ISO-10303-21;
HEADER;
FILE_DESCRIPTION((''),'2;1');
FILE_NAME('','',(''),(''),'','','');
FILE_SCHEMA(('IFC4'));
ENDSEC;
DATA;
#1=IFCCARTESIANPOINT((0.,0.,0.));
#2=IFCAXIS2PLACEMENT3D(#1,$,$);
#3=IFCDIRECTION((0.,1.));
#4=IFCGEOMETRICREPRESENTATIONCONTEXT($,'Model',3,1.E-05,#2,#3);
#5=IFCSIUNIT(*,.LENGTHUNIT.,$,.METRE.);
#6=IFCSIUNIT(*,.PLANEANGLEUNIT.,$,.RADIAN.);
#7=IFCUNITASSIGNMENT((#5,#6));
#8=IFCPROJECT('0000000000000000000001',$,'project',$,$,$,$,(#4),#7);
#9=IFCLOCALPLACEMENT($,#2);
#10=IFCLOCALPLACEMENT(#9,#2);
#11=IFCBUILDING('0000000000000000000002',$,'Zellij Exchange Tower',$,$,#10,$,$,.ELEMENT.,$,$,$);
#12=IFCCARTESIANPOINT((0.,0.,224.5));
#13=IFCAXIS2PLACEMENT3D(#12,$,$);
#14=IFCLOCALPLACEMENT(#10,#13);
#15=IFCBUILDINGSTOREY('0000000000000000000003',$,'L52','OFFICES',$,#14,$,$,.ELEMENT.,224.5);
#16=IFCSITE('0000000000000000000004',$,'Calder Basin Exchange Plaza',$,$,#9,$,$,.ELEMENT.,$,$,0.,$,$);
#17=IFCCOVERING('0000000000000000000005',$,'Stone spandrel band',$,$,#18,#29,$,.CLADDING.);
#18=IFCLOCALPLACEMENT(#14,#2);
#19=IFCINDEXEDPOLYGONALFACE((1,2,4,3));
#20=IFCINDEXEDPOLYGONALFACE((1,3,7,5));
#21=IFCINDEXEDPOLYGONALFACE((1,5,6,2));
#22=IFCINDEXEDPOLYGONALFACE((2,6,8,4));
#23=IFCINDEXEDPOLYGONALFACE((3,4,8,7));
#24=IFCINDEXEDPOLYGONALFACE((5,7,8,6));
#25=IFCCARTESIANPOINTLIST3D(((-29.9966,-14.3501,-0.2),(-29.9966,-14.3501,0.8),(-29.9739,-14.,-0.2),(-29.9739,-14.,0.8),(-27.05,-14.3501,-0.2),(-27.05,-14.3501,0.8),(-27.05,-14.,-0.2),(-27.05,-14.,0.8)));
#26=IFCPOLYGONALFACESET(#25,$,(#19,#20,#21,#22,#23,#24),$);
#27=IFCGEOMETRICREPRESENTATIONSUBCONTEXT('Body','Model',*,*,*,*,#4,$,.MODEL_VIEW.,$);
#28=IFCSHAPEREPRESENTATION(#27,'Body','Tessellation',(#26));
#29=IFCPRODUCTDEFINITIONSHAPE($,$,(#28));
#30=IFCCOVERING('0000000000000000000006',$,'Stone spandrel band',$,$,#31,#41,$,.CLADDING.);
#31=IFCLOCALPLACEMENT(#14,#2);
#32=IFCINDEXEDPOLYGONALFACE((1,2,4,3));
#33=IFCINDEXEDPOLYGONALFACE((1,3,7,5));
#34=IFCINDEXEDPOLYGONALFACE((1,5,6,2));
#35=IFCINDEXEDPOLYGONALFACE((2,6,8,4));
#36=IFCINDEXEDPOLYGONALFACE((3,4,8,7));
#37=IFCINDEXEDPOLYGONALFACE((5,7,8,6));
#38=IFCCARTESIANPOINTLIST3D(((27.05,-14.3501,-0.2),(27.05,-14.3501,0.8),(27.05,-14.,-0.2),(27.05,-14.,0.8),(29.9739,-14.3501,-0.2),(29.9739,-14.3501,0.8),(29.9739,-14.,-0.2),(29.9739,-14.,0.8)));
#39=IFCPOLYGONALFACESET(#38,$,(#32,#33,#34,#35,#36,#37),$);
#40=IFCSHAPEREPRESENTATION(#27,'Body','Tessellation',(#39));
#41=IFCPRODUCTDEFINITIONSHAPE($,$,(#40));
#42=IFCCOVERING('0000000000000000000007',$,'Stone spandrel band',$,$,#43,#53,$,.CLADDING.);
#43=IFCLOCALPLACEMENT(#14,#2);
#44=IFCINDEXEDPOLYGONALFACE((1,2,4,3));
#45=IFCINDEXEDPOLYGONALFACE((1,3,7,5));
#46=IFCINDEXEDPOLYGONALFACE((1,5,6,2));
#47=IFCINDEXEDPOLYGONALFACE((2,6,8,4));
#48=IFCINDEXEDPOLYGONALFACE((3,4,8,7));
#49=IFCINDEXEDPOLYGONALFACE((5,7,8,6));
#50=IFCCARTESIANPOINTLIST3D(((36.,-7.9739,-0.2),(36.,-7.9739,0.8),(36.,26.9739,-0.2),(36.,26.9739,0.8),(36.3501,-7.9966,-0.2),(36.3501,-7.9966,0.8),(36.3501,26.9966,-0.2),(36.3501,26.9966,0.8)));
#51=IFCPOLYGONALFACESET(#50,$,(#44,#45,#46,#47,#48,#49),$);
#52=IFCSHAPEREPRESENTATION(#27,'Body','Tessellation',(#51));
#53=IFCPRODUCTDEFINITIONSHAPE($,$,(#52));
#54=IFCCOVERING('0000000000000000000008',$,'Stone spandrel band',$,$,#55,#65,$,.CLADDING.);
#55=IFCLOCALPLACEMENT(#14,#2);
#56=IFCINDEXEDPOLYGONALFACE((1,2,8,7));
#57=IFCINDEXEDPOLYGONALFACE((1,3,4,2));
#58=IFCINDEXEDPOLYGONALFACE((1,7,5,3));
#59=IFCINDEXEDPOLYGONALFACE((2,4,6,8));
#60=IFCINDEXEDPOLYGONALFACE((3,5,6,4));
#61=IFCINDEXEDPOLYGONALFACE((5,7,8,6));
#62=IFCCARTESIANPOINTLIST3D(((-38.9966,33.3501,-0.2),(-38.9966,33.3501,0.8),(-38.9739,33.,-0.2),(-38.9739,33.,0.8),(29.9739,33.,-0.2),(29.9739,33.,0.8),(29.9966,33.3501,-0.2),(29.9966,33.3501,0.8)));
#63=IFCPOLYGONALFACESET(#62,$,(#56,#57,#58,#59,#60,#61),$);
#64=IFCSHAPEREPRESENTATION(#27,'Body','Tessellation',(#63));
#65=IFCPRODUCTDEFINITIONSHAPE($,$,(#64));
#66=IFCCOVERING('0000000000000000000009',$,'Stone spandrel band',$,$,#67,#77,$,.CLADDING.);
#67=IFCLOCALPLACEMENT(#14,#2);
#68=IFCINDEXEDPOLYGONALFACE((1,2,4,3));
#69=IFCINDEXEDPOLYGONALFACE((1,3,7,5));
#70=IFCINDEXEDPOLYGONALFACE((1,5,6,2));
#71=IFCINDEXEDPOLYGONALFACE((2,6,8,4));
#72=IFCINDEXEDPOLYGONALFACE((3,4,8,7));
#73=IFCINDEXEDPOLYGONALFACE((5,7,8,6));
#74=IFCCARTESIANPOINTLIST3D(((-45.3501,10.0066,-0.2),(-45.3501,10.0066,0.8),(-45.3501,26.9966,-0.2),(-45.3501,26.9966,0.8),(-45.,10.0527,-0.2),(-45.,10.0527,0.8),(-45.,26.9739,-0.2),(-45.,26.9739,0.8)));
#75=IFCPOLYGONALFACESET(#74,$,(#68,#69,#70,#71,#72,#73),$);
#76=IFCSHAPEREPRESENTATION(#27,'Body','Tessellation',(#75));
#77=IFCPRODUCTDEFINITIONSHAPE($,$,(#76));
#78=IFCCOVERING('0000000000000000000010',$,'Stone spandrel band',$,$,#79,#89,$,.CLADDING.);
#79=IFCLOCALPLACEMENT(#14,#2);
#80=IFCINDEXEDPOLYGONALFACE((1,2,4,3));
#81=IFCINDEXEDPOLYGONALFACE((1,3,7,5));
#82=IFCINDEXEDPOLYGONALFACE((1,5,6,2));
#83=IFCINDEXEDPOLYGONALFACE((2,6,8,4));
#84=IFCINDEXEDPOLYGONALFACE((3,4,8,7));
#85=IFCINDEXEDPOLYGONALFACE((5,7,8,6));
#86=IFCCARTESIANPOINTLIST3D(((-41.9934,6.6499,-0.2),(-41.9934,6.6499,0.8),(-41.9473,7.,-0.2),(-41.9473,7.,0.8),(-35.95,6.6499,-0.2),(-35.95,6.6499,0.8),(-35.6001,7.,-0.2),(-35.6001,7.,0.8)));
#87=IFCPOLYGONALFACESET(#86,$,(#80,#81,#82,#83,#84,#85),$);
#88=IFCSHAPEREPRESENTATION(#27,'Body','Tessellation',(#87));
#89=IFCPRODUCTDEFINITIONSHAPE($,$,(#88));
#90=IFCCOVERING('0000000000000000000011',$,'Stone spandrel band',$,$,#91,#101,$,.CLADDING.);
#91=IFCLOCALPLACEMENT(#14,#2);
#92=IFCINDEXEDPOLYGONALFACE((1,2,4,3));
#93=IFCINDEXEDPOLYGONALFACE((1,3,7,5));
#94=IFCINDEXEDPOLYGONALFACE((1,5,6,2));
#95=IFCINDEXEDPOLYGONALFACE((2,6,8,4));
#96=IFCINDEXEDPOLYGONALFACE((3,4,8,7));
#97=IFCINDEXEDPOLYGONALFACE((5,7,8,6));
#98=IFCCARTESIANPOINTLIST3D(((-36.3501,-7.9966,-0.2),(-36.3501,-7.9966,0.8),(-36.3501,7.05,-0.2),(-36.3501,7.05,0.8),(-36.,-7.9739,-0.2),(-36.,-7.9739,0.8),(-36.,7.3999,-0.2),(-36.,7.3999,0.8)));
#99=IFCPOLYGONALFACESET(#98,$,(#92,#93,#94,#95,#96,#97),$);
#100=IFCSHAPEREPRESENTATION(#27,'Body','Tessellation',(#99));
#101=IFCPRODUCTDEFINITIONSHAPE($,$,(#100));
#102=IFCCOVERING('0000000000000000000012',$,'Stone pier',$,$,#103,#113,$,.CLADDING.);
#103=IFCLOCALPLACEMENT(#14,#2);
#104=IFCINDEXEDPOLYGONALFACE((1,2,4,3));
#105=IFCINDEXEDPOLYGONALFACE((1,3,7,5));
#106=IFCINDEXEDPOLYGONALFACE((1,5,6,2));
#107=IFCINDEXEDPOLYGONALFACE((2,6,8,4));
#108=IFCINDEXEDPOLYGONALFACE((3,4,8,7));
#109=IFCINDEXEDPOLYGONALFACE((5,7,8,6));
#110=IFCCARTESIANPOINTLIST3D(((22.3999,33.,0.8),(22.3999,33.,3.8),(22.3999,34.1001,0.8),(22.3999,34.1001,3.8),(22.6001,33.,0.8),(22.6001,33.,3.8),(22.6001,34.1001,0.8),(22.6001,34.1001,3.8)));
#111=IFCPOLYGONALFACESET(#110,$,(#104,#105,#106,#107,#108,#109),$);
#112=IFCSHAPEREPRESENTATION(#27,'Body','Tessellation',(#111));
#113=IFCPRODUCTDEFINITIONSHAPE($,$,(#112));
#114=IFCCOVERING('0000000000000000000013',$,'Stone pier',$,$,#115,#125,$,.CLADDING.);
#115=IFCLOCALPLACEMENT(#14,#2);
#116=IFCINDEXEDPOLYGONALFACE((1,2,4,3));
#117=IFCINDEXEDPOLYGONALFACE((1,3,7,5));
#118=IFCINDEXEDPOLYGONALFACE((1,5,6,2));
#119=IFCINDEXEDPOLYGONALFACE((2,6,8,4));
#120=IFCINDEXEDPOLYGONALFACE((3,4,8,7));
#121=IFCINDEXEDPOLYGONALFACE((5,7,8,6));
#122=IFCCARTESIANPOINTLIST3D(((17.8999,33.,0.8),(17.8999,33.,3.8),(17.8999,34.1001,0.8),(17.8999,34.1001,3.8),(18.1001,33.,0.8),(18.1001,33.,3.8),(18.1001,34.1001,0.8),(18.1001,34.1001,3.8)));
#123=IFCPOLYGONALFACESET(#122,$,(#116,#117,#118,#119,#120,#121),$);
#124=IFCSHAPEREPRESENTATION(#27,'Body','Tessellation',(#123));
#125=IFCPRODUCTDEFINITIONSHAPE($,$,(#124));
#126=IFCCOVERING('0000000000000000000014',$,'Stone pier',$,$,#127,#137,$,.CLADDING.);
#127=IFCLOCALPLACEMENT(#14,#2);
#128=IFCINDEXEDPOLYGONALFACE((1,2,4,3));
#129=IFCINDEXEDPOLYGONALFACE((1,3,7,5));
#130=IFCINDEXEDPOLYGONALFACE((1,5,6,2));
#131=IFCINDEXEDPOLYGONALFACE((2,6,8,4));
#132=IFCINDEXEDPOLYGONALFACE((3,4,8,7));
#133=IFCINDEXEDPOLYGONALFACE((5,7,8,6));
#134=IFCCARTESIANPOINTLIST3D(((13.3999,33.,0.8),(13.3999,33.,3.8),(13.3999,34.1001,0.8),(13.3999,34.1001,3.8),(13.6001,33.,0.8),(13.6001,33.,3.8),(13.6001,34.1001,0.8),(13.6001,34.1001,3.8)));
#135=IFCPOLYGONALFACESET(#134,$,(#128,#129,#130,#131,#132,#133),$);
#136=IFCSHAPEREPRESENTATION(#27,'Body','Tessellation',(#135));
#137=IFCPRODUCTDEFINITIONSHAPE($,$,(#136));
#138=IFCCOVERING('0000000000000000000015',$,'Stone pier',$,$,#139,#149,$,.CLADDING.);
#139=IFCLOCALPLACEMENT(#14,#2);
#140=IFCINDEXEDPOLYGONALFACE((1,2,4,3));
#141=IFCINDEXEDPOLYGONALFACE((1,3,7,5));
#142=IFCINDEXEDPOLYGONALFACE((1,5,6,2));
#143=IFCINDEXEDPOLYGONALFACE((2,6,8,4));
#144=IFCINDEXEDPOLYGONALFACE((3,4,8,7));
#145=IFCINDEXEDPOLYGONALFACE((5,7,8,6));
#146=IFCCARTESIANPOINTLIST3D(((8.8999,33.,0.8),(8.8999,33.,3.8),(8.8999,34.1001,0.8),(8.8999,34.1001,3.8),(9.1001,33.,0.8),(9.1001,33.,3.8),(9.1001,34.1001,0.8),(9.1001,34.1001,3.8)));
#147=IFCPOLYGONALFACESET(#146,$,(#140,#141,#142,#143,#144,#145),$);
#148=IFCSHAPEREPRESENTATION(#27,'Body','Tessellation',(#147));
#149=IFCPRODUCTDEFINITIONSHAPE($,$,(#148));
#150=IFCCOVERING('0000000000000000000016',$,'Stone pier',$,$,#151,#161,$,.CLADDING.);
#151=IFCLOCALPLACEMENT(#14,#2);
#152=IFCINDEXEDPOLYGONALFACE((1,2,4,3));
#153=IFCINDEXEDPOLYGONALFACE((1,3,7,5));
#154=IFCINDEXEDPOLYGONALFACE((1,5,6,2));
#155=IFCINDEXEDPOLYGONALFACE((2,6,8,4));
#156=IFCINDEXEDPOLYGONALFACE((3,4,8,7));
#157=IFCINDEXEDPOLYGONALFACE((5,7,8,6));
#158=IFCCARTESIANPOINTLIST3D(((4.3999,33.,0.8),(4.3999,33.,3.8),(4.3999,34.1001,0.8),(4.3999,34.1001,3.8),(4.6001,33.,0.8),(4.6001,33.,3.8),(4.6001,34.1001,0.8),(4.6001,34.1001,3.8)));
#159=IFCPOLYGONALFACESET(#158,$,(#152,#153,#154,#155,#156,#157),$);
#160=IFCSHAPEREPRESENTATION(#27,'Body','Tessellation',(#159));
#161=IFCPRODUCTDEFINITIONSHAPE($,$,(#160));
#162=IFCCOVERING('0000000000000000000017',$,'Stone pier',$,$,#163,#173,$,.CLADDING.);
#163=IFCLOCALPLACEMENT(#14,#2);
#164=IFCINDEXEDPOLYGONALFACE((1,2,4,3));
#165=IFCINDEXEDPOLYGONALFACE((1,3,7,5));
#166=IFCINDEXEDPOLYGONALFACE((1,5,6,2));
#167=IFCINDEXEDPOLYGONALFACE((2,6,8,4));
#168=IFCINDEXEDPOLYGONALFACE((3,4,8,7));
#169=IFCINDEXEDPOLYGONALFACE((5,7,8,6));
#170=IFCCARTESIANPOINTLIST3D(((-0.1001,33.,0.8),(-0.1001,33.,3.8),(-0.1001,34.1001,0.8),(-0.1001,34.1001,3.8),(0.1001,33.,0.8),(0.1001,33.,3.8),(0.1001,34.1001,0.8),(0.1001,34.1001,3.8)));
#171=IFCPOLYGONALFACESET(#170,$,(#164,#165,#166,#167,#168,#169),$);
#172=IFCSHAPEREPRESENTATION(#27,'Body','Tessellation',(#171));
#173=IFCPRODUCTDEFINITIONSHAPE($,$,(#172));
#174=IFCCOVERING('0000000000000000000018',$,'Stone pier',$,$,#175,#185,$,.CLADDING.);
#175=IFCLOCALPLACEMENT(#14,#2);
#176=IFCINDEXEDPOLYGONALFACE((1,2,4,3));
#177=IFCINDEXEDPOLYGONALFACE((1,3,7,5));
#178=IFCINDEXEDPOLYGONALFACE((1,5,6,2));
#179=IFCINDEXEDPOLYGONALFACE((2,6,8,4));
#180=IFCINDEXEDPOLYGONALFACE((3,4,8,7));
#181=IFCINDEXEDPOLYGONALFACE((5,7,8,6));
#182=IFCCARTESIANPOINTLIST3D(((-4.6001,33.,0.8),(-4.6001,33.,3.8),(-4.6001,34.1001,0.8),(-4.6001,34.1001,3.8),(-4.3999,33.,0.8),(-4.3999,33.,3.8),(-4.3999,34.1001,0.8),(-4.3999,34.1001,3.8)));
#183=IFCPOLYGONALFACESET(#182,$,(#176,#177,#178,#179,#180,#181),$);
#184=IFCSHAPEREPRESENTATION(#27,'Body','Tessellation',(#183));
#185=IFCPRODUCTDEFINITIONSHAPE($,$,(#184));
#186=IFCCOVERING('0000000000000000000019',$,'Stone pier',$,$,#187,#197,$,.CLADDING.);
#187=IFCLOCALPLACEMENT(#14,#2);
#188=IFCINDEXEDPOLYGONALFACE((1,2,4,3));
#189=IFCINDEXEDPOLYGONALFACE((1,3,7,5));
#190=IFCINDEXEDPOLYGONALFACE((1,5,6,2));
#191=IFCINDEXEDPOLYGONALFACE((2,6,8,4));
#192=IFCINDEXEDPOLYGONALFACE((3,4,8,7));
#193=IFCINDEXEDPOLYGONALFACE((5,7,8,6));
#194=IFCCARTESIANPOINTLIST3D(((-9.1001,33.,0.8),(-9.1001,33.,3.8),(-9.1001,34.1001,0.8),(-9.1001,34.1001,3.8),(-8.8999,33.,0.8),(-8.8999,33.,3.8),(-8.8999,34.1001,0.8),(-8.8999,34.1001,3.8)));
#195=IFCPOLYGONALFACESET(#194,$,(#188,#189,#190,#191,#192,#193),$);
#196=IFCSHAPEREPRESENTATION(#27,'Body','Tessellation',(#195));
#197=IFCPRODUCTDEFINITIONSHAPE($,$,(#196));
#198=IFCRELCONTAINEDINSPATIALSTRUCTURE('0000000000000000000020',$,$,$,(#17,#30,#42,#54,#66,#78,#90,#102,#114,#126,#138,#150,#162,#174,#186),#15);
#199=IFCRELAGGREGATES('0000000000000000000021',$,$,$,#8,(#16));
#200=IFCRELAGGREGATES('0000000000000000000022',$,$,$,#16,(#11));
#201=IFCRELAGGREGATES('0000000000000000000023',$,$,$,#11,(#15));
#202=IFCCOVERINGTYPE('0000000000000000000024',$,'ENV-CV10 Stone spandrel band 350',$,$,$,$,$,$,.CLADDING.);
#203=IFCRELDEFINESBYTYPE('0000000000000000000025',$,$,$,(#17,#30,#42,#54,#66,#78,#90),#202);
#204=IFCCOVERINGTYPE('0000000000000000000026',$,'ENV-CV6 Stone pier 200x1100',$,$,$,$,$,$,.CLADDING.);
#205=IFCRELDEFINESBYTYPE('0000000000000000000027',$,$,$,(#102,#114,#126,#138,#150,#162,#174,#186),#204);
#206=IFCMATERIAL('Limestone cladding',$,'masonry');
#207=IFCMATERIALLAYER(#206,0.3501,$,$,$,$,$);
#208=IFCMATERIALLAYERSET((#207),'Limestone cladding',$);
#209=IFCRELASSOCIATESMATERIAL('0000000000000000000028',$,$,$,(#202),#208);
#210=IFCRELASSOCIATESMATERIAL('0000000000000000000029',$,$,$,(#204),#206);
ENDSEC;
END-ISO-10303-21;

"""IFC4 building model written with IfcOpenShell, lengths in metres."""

from ifc_helpers import new_model, si_unit, direction, frame, origin, place, context, subcontext, project, spatial, polyline, outline, extrude, material, layer, layer_set, type_object, element, save


model = new_model("IFC4")

# Units and contexts
model_context = context("Model", 3, precision=1e-05, world=origin(), true_north=direction((0.0, 1.0)))
body_context = subcontext(model_context, "Body", "Model", "MODEL_VIEW")
ifc_project = project(units=[si_unit("LENGTHUNIT", "METRE"), si_unit("PLANEANGLEUNIT", "RADIAN")], contexts=[model_context])

# Site, building, storey
site_placement = place(None, origin())
site = spatial("IfcSite", under=ifc_project, at=site_placement, Name="Calder Basin Exchange Plaza", CompositionType="ELEMENT", RefElevation=0.0)
building_placement = place(site_placement, origin())
building = spatial("IfcBuilding", under=site, at=building_placement, Name="Zellij Exchange Tower", CompositionType="ELEMENT")
storey_placement = place(building_placement, frame((0.0, 0.0, 224.5)))
storey = spatial("IfcBuildingStorey", under=building, at=storey_placement, Name="L52", Description="OFFICES", CompositionType="ELEMENT", Elevation=224.5)

# Coverings
ifc_material = material(Name="Limestone cladding", Category="masonry")
ifc_layer = layer(ifc_material, 0.3501)
ifc_layer_set = layer_set([ifc_layer], Name="Limestone cladding")
covering_type_1 = type_object("IfcCoveringType", Name="ENV-CV10 Stone spandrel band 350", PredefinedType="CLADDING", material=ifc_layer_set)
covering_1_placement = place(storey_placement, frame((0.0, 0.0, -0.2)))
element("IfcCovering", 1, at=covering_1_placement, inside=storey, type_object=covering_type_1, Name="Stone spandrel band", PredefinedType="CLADDING", context=body_context, shape_type="SweptSolid", body=[
    extrude(outline(polyline([(-29.9739, -14.0), (-27.05, -14.0), (-27.05, -14.3501), (-29.9966, -14.3501), (-29.9739, -14.0)])), origin(), (0.0, 0.0, 1.0), 1.0),
])
covering_2_placement = place(storey_placement, frame((0.0, 0.0, -0.2)))
element("IfcCovering", 2, at=covering_2_placement, inside=storey, type_object=covering_type_1, Name="Stone spandrel band", PredefinedType="CLADDING", context=body_context, shape_type="SweptSolid", body=[
    extrude(outline(polyline([(27.05, -14.0), (29.9739, -14.0), (29.9739, -14.3501), (27.05, -14.3501), (27.05, -14.0)])), origin(), (0.0, 0.0, 1.0), 1.0),
])
covering_3_placement = place(storey_placement, frame((0.0, 0.0, -0.2)))
element("IfcCovering", 3, at=covering_3_placement, inside=storey, type_object=covering_type_1, Name="Stone spandrel band", PredefinedType="CLADDING", context=body_context, shape_type="SweptSolid", body=[
    extrude(outline(polyline([(36.0, -7.9739), (36.0, 26.9739), (36.3501, 26.9966), (36.3501, -7.9966), (36.0, -7.9739)])), origin(), (0.0, 0.0, 1.0), 1.0),
])
covering_4_placement = place(storey_placement, frame((0.0, 0.0, -0.2)))
element("IfcCovering", 4, at=covering_4_placement, inside=storey, type_object=covering_type_1, Name="Stone spandrel band", PredefinedType="CLADDING", context=body_context, shape_type="SweptSolid", body=[
    extrude(outline(polyline([(29.9739, 33.0), (-38.9739, 33.0), (-38.9966, 33.3501), (29.9966, 33.3501), (29.9739, 33.0)])), origin(), (0.0, 0.0, 1.0), 1.0),
])
covering_5_placement = place(storey_placement, frame((0.0, 0.0, -0.2)))
element("IfcCovering", 5, at=covering_5_placement, inside=storey, type_object=covering_type_1, Name="Stone spandrel band", PredefinedType="CLADDING", context=body_context, shape_type="SweptSolid", body=[
    extrude(outline(polyline([(-45.0, 26.9739), (-45.0, 10.0527), (-45.3501, 10.0066), (-45.3501, 26.9966), (-45.0, 26.9739)])), origin(), (0.0, 0.0, 1.0), 1.0),
])
covering_6_placement = place(storey_placement, frame((0.0, 0.0, -0.2)))
element("IfcCovering", 6, at=covering_6_placement, inside=storey, type_object=covering_type_1, Name="Stone spandrel band", PredefinedType="CLADDING", context=body_context, shape_type="SweptSolid", body=[
    extrude(outline(polyline([(-41.9473, 7.0), (-35.6001, 7.0), (-35.95, 6.6499), (-41.9934, 6.6499), (-41.9473, 7.0)])), origin(), (0.0, 0.0, 1.0), 1.0),
])
covering_7_placement = place(storey_placement, frame((0.0, 0.0, -0.2)))
element("IfcCovering", 7, at=covering_7_placement, inside=storey, type_object=covering_type_1, Name="Stone spandrel band", PredefinedType="CLADDING", context=body_context, shape_type="SweptSolid", body=[
    extrude(outline(polyline([(-36.0, 7.3999), (-36.0, -7.9739), (-36.3501, -7.9966), (-36.3501, 7.05), (-36.0, 7.3999)])), origin(), (0.0, 0.0, 1.0), 1.0),
])
covering_type_2 = type_object("IfcCoveringType", Name="ENV-CV6 Stone pier 200x1100", PredefinedType="CLADDING", material=ifc_material)
covering_8_placement = place(storey_placement, frame((0.0, 0.0, 0.8)))
element("IfcCovering", 8, at=covering_8_placement, inside=storey, type_object=covering_type_2, Name="Stone pier", PredefinedType="CLADDING", context=body_context, shape_type="SweptSolid", body=[
    extrude(outline(polyline([(22.6001, 33.0), (22.3999, 33.0), (22.3999, 34.1001), (22.6001, 34.1001), (22.6001, 33.0)])), origin(), (0.0, 0.0, 1.0), 3.0),
])
covering_9_placement = place(storey_placement, frame((0.0, 0.0, 0.8)))
element("IfcCovering", 9, at=covering_9_placement, inside=storey, type_object=covering_type_2, Name="Stone pier", PredefinedType="CLADDING", context=body_context, shape_type="SweptSolid", body=[
    extrude(outline(polyline([(18.1001, 33.0), (17.8999, 33.0), (17.8999, 34.1001), (18.1001, 34.1001), (18.1001, 33.0)])), origin(), (0.0, 0.0, 1.0), 3.0),
])
covering_10_placement = place(storey_placement, frame((0.0, 0.0, 0.8)))
element("IfcCovering", 10, at=covering_10_placement, inside=storey, type_object=covering_type_2, Name="Stone pier", PredefinedType="CLADDING", context=body_context, shape_type="SweptSolid", body=[
    extrude(outline(polyline([(13.6001, 33.0), (13.3999, 33.0), (13.3999, 34.1001), (13.6001, 34.1001), (13.6001, 33.0)])), origin(), (0.0, 0.0, 1.0), 3.0),
])
covering_11_placement = place(storey_placement, frame((0.0, 0.0, 0.8)))
element("IfcCovering", 11, at=covering_11_placement, inside=storey, type_object=covering_type_2, Name="Stone pier", PredefinedType="CLADDING", context=body_context, shape_type="SweptSolid", body=[
    extrude(outline(polyline([(9.1001, 33.0), (8.8999, 33.0), (8.8999, 34.1001), (9.1001, 34.1001), (9.1001, 33.0)])), origin(), (0.0, 0.0, 1.0), 3.0),
])
covering_12_placement = place(storey_placement, frame((0.0, 0.0, 0.8)))
element("IfcCovering", 12, at=covering_12_placement, inside=storey, type_object=covering_type_2, Name="Stone pier", PredefinedType="CLADDING", context=body_context, shape_type="SweptSolid", body=[
    extrude(outline(polyline([(4.6001, 33.0), (4.3999, 33.0), (4.3999, 34.1001), (4.6001, 34.1001), (4.6001, 33.0)])), origin(), (0.0, 0.0, 1.0), 3.0),
])
covering_13_placement = place(storey_placement, frame((0.0, 0.0, 0.8)))
element("IfcCovering", 13, at=covering_13_placement, inside=storey, type_object=covering_type_2, Name="Stone pier", PredefinedType="CLADDING", context=body_context, shape_type="SweptSolid", body=[
    extrude(outline(polyline([(0.1001, 33.0), (-0.1001, 33.0), (-0.1001, 34.1001), (0.1001, 34.1001), (0.1001, 33.0)])), origin(), (0.0, 0.0, 1.0), 3.0),
])
covering_14_placement = place(storey_placement, frame((0.0, 0.0, 0.8)))
element("IfcCovering", 14, at=covering_14_placement, inside=storey, type_object=covering_type_2, Name="Stone pier", PredefinedType="CLADDING", context=body_context, shape_type="SweptSolid", body=[
    extrude(outline(polyline([(-4.3999, 33.0), (-4.6001, 33.0), (-4.6001, 34.1001), (-4.3999, 34.1001), (-4.3999, 33.0)])), origin(), (0.0, 0.0, 1.0), 3.0),
])
covering_15_placement = place(storey_placement, frame((0.0, 0.0, 0.8)))
element("IfcCovering", 15, at=covering_15_placement, inside=storey, type_object=covering_type_2, Name="Stone pier", PredefinedType="CLADDING", context=body_context, shape_type="SweptSolid", body=[
    extrude(outline(polyline([(-8.8999, 33.0), (-9.1001, 33.0), (-9.1001, 34.1001), (-8.8999, 34.1001), (-8.8999, 33.0)])), origin(), (0.0, 0.0, 1.0), 3.0),
])

save(model, "model.ifc")
